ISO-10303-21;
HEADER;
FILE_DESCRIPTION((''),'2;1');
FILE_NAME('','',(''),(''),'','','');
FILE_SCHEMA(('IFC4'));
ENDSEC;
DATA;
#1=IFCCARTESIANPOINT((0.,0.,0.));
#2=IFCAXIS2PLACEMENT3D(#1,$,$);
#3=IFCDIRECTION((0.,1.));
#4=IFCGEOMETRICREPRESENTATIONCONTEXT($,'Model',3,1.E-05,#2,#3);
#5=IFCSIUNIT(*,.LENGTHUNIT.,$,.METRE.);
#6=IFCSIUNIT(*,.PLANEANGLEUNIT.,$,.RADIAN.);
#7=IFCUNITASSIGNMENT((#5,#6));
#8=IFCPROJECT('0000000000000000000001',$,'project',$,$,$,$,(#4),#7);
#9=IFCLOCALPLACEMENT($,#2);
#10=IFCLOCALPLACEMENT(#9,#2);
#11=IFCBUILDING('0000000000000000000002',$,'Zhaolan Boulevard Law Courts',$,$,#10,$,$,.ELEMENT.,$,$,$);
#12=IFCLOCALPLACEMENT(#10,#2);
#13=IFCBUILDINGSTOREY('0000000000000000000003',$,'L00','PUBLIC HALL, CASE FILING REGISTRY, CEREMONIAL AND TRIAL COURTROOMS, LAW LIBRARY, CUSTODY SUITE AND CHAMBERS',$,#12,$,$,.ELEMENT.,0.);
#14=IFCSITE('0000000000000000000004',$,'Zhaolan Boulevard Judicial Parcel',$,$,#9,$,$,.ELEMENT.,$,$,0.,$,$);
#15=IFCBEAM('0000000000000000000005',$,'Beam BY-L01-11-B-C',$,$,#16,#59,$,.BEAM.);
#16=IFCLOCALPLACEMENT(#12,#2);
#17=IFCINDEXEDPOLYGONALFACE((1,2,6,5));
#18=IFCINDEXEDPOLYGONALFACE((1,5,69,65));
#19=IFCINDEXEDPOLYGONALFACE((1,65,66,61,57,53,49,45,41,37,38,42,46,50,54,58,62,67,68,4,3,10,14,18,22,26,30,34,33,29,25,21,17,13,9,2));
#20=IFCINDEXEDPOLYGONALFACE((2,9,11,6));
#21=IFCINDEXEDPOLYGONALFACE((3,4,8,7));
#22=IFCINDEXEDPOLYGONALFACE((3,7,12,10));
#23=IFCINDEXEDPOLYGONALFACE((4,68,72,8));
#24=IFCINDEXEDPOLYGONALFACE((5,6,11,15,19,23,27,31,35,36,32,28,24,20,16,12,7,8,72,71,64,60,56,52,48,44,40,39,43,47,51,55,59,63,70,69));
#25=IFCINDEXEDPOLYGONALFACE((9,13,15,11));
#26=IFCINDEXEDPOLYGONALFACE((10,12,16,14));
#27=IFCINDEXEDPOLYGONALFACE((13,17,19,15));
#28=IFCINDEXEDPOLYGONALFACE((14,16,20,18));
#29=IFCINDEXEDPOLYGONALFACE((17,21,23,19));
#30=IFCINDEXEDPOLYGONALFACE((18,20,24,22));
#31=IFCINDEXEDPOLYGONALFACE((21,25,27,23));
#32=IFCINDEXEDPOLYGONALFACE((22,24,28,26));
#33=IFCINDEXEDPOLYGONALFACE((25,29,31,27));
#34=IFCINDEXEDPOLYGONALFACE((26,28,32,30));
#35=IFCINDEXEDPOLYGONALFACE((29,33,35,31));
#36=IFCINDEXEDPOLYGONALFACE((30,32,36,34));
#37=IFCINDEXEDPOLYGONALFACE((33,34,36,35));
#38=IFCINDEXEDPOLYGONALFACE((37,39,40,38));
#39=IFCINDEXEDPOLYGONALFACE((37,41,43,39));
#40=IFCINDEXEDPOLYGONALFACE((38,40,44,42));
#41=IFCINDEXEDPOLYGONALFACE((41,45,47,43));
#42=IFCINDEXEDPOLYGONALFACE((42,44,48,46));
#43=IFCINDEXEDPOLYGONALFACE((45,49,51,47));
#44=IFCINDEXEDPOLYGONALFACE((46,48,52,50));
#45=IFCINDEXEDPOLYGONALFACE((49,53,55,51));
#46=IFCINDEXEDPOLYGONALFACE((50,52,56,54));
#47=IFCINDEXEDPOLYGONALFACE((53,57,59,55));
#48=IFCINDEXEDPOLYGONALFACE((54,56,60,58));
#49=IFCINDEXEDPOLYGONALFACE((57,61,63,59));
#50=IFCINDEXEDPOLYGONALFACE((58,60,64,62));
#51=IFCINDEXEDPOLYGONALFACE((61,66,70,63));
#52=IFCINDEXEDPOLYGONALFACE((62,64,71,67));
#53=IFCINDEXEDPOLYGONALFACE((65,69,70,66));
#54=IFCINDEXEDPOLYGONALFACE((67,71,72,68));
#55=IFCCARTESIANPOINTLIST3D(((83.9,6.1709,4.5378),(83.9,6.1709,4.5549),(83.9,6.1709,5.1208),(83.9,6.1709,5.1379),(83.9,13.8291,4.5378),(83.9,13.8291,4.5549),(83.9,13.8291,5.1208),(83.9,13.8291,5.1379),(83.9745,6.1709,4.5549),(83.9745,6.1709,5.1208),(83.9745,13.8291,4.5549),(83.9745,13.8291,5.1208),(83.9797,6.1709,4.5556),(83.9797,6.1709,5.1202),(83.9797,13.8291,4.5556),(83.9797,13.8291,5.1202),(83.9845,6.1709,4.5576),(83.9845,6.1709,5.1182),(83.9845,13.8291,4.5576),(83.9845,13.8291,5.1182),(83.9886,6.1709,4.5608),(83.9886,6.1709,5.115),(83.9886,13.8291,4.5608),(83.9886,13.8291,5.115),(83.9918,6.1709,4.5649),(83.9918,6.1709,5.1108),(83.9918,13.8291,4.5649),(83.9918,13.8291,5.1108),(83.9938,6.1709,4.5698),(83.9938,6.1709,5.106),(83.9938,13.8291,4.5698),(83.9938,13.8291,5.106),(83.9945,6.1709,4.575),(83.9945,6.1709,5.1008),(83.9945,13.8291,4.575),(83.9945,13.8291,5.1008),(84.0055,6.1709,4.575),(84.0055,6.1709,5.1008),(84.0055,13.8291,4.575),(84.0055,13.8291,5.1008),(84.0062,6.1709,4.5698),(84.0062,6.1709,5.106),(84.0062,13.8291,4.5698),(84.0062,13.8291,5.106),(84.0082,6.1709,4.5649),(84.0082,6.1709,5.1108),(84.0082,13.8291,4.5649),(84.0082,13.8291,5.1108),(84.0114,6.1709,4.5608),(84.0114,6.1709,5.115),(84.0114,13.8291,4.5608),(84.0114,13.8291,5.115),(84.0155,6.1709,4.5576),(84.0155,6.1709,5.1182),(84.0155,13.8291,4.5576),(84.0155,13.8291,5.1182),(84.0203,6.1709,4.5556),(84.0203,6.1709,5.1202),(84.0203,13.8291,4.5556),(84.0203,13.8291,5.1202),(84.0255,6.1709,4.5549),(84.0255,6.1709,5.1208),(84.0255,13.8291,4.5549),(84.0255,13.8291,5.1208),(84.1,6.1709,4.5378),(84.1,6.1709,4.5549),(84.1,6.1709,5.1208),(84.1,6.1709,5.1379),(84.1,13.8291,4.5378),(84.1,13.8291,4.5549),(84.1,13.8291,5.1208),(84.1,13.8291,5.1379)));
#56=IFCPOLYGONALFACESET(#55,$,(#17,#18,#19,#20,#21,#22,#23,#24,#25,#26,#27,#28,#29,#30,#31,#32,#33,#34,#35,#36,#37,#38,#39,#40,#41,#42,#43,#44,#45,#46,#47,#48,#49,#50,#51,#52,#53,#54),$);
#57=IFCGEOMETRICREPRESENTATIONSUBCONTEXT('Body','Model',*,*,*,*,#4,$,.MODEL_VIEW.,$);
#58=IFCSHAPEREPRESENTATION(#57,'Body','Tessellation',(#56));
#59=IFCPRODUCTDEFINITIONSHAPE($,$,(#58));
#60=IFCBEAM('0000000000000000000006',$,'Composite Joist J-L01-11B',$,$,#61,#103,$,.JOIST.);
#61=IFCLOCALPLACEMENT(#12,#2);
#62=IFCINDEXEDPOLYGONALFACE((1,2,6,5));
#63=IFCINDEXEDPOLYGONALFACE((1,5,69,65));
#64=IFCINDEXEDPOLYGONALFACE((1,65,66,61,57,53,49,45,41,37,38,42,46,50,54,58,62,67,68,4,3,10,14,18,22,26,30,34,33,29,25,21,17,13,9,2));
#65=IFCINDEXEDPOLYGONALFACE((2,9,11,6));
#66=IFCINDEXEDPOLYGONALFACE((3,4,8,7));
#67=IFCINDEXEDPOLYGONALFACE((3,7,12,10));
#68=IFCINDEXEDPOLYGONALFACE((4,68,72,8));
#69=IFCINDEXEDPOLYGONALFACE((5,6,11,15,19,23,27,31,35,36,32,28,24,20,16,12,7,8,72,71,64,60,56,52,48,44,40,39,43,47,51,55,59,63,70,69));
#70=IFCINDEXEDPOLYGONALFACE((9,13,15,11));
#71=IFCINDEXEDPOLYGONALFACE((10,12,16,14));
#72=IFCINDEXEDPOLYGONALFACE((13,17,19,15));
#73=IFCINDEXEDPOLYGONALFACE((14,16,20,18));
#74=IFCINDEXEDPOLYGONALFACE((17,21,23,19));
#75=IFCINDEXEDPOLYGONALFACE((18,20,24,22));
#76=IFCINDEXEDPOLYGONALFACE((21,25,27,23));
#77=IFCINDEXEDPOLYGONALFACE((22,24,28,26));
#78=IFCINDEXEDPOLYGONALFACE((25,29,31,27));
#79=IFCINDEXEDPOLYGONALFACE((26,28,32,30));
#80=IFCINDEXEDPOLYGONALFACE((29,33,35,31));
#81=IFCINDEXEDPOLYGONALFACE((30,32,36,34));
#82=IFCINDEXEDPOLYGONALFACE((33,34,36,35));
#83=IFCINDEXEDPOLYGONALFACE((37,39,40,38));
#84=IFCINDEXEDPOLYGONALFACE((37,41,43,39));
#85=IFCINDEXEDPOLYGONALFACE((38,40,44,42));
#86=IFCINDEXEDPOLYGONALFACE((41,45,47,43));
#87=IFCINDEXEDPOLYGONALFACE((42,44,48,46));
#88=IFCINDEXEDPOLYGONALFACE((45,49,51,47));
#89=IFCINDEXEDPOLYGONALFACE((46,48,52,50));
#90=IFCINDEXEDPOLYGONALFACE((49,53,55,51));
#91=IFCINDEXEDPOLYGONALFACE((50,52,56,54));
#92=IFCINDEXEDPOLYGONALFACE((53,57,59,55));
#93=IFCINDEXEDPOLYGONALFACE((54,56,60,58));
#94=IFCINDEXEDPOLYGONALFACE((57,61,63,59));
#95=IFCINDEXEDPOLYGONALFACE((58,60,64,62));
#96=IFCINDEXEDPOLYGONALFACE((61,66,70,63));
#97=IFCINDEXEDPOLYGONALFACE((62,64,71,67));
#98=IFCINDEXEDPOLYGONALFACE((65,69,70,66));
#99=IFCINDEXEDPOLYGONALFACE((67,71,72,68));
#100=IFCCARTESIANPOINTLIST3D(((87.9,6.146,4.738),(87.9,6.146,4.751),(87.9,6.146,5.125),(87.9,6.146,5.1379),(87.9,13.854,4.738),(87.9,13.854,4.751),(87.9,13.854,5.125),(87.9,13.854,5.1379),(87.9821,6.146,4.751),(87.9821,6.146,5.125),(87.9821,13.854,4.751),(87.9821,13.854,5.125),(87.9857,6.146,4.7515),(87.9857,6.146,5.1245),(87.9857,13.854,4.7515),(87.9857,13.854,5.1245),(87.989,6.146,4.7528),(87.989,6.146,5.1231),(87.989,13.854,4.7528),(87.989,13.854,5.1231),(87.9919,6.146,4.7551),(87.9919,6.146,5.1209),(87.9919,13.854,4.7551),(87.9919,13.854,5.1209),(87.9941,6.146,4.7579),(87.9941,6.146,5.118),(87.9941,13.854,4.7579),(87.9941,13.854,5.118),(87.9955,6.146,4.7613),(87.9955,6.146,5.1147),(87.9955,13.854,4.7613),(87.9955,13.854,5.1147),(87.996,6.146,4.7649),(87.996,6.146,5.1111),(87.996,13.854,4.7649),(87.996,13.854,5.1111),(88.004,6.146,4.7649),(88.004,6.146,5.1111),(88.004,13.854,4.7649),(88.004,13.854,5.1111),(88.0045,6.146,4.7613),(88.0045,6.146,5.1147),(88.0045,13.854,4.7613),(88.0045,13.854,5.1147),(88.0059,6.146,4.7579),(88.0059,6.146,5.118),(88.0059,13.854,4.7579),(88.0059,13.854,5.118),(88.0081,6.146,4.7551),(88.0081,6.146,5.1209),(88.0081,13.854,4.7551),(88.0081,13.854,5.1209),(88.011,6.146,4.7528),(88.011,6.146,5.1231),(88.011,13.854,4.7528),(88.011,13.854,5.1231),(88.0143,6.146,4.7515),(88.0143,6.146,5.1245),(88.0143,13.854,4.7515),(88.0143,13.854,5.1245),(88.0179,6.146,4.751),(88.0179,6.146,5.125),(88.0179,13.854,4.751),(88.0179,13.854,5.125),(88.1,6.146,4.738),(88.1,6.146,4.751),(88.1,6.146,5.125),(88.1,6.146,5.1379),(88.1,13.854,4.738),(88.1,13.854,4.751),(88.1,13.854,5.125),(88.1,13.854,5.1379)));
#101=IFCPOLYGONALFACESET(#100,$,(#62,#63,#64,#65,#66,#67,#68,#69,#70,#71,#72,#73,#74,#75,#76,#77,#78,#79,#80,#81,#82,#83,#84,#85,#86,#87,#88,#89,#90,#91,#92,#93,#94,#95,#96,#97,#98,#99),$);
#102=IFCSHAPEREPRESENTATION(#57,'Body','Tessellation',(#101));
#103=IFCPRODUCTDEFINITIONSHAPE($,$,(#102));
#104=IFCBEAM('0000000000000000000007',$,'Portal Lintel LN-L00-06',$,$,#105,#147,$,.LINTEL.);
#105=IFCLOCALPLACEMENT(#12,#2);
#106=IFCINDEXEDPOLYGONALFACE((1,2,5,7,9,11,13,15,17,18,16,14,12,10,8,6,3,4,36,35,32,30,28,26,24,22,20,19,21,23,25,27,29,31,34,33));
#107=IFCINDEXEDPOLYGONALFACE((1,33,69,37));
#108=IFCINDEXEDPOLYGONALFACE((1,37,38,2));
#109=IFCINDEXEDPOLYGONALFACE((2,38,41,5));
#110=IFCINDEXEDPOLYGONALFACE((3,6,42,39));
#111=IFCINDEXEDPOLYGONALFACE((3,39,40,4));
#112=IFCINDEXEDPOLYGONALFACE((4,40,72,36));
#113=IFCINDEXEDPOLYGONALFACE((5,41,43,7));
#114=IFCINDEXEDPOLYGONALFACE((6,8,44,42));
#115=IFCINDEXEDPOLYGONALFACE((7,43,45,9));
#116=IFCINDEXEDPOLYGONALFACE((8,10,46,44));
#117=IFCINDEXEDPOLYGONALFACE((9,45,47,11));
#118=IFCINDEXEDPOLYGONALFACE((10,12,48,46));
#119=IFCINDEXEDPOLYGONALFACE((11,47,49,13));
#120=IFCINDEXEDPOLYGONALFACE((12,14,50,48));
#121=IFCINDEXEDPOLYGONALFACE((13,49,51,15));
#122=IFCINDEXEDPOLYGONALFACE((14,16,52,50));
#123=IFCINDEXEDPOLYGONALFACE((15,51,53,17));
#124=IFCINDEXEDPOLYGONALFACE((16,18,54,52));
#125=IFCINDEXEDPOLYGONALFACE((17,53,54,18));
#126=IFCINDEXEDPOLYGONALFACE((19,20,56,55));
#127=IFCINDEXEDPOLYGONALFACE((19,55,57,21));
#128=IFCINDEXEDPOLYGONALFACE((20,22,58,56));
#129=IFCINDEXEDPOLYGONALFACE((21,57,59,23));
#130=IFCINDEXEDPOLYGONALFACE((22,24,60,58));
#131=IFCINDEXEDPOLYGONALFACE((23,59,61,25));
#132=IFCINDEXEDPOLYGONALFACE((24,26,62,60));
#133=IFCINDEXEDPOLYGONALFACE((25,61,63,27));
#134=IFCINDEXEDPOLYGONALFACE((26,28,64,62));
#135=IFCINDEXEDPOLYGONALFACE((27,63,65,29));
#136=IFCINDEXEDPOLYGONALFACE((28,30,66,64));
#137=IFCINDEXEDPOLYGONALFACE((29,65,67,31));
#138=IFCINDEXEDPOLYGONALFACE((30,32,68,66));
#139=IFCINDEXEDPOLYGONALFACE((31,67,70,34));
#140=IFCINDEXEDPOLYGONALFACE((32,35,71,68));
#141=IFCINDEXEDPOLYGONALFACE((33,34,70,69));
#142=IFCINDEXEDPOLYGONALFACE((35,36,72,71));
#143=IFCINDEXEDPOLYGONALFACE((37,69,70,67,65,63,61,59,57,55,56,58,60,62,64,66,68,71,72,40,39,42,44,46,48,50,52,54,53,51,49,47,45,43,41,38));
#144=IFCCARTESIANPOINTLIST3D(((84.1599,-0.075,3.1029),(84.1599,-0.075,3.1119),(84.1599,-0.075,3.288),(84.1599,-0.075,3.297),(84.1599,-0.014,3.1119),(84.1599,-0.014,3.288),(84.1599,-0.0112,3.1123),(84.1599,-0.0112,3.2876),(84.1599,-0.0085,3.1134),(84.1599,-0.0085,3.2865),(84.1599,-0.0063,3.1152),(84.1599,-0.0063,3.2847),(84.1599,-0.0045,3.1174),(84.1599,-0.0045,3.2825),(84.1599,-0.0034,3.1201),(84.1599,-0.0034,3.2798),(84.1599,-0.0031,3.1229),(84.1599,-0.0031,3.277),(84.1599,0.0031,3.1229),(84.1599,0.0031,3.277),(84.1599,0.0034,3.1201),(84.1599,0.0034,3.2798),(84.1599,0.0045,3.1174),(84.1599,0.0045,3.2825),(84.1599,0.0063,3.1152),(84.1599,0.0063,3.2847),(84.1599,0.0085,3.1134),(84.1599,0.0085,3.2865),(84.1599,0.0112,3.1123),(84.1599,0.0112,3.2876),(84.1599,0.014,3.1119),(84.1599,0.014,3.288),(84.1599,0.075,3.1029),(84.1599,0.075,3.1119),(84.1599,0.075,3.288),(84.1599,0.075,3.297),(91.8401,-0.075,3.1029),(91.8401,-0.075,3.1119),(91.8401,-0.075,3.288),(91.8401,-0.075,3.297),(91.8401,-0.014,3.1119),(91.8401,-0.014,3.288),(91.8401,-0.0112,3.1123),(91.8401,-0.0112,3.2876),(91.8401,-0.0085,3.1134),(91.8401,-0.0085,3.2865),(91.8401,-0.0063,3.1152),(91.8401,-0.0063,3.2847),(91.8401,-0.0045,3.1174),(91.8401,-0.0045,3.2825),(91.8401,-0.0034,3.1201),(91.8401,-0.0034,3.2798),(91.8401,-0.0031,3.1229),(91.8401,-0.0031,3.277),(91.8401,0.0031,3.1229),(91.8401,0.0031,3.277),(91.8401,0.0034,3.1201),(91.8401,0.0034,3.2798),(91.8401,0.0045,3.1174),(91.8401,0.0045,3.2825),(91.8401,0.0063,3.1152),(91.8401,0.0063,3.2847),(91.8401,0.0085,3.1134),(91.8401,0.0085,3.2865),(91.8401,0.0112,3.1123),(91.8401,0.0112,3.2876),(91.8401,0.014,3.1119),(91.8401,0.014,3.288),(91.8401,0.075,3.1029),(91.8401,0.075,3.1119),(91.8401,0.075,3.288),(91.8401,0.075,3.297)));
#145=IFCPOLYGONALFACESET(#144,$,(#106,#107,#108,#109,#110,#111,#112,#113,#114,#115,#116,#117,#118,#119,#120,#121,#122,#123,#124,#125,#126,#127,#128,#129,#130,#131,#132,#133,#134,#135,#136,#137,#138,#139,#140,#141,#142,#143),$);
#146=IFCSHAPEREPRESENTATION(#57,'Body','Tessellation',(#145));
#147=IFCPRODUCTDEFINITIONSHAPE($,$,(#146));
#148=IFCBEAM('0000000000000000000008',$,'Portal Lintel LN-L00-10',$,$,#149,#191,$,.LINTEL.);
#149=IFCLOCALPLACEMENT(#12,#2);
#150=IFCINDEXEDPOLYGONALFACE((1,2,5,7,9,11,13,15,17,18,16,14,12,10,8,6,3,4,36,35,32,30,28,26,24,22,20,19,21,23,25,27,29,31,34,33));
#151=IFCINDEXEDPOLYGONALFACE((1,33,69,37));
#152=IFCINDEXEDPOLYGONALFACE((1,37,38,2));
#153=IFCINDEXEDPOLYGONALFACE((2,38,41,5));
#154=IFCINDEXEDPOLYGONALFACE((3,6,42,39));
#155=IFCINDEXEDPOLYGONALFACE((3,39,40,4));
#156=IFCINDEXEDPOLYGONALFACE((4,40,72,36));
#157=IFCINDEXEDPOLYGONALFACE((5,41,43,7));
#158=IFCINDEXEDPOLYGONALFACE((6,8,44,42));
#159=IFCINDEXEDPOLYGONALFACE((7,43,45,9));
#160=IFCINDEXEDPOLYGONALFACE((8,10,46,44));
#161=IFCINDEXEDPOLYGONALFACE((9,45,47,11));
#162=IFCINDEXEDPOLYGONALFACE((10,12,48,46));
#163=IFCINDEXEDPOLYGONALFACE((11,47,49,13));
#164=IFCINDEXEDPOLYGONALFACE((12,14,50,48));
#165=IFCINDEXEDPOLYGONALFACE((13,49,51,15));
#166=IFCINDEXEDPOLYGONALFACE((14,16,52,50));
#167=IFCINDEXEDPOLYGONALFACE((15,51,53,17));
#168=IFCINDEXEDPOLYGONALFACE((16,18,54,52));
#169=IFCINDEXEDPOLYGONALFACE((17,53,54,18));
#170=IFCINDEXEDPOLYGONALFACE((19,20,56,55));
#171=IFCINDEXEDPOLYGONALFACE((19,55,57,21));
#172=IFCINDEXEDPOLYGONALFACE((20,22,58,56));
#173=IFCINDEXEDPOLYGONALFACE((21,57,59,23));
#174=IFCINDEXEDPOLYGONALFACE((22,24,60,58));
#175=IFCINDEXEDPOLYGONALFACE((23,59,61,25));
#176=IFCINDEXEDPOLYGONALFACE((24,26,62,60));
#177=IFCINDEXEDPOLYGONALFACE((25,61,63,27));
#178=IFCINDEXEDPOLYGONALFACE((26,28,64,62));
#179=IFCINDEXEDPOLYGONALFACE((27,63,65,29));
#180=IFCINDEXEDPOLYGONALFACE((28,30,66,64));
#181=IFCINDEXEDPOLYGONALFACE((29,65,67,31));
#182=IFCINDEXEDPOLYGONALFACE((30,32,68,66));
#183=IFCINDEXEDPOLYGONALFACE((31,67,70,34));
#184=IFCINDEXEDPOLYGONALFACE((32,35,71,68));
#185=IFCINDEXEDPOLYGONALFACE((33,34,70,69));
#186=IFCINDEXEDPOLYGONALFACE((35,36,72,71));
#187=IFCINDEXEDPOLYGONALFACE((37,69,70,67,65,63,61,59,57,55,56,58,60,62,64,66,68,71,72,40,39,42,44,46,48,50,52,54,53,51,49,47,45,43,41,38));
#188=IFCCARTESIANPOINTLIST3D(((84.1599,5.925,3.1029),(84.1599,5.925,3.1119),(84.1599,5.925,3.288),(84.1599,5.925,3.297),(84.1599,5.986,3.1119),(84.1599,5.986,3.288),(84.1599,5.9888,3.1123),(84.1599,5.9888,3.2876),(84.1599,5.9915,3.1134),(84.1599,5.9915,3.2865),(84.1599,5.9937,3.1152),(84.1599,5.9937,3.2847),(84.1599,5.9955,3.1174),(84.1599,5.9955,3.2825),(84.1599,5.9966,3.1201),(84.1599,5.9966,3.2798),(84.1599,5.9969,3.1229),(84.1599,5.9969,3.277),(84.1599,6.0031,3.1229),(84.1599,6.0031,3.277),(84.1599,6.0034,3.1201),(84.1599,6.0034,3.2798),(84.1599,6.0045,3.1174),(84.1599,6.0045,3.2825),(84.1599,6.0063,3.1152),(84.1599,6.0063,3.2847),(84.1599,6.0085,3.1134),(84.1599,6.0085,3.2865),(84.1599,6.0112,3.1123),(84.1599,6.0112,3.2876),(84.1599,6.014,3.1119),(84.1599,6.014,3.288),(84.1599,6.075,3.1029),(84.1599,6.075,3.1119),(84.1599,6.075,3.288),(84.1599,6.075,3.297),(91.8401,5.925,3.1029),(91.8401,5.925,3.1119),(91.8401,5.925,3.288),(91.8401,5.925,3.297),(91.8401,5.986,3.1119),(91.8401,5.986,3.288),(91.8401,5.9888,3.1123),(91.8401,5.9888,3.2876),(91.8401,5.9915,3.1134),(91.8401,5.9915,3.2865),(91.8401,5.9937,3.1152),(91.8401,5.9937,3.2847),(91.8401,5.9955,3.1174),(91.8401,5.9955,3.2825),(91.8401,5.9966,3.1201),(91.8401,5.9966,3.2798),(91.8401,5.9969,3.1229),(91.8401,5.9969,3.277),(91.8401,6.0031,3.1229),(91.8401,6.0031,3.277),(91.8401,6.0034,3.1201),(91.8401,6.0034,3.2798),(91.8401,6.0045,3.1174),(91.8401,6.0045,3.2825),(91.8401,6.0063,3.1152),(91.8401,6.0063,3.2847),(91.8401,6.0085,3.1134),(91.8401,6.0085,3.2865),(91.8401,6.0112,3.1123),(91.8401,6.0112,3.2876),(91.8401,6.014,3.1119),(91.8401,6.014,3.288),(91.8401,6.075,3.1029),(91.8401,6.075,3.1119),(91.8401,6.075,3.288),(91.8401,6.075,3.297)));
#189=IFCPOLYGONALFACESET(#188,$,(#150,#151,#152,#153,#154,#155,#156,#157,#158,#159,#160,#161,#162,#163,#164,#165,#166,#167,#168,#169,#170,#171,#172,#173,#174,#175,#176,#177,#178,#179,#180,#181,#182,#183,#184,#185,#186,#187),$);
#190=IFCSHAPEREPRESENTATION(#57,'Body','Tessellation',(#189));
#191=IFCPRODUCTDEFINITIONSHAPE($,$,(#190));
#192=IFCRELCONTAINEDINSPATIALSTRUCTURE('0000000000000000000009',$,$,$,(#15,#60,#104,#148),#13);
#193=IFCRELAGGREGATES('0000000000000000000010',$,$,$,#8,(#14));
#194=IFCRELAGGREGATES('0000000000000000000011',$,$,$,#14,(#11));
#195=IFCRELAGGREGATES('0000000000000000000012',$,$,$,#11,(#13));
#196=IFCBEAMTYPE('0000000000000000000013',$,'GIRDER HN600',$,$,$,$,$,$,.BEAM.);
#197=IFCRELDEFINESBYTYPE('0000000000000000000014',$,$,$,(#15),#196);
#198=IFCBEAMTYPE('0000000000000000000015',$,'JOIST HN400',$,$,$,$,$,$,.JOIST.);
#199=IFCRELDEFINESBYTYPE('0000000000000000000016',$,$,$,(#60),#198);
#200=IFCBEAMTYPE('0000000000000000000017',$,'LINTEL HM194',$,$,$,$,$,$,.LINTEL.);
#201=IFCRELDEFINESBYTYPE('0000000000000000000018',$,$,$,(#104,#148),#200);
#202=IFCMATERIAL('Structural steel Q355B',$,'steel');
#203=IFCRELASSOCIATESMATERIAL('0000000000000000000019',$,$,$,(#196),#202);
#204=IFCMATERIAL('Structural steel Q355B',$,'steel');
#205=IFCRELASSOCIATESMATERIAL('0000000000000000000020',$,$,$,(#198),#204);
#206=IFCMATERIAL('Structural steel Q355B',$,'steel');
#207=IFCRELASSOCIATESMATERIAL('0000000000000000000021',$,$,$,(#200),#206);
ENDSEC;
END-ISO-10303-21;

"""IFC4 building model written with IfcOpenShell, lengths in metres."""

from ifc_helpers import new_model, si_unit, direction, frame, origin, origin_2d, place, context, subcontext, project, spatial, i_section, extrude, material, material_profile, profile_set, type_object, element, save


model = new_model("IFC4")

# Units and contexts
model_context = context("Model", 3, precision=1e-05, world=origin(), true_north=direction((0.0, 1.0)))
body_context = subcontext(model_context, "Body", "Model", "MODEL_VIEW")
ifc_project = project(units=[si_unit("LENGTHUNIT", "METRE"), si_unit("PLANEANGLEUNIT", "RADIAN")], contexts=[model_context])

# Site, building, storey
site_placement = place(None, origin())
site = spatial("IfcSite", under=ifc_project, at=site_placement, Name="Zhaolan Boulevard Judicial Parcel", CompositionType="ELEMENT", RefElevation=0.0)
building_placement = place(site_placement, origin())
building = spatial("IfcBuilding", under=site, at=building_placement, Name="Zhaolan Boulevard Law Courts", CompositionType="ELEMENT")
storey_placement = place(building_placement, origin())
storey = spatial("IfcBuildingStorey", under=building, at=storey_placement, Name="L00", Description="PUBLIC HALL, CASE FILING REGISTRY, CEREMONIAL AND TRIAL COURTROOMS, LAW LIBRARY, CUSTODY SUITE AND CHAMBERS", CompositionType="ELEMENT", Elevation=0.0)

# Beams
ifc_material_1 = material(Name="Structural steel Q355B", Category="steel")
ifc_material_profile_1 = material_profile(ifc_material_1, i_section(OverallWidth=0.2, OverallDepth=0.6001, WebThickness=0.011, FlangeThickness=0.0171, FilletRadius=0.02, at=origin_2d()), Name="HN600x200")
ifc_profile_set_1 = profile_set([ifc_material_profile_1], Name="Structural steel Q355B")
beam_type_1 = type_object("IfcBeamType", Name="GIRDER HN600", PredefinedType="BEAM", material=ifc_profile_set_1)
beam_1_placement = place(storey_placement, frame((84.0, 6.1709, 4.8379), z_axis=(0.0, 1.0, 0.0), x_axis=(-1.0, 0.0, 0.0)))
element("IfcBeam", 1, at=beam_1_placement, inside=storey, type_object=beam_type_1, Name="Beam BY-L01-11-B-C", PredefinedType="BEAM", context=body_context, shape_type="SweptSolid", body=[
    extrude(i_section(OverallWidth=0.2, OverallDepth=0.6001, WebThickness=0.011, FlangeThickness=0.0171, FilletRadius=0.02, at=origin_2d()), origin(), (0.0, 0.0, 1.0), 7.6582),
])
ifc_material_2 = material(Name="Structural steel Q355B", Category="steel")
ifc_material_profile_2 = material_profile(ifc_material_2, i_section(OverallWidth=0.2, OverallDepth=0.3999, WebThickness=0.0081, FlangeThickness=0.0129, FilletRadius=0.0139, at=origin_2d()), Name="HN400x200")
ifc_profile_set_2 = profile_set([ifc_material_profile_2], Name="Structural steel Q355B")
beam_type_2 = type_object("IfcBeamType", Name="JOIST HN400", PredefinedType="JOIST", material=ifc_profile_set_2)
beam_2_placement = place(storey_placement, frame((88.0, 6.146, 4.938), z_axis=(0.0, 1.0, 0.0), x_axis=(-1.0, 0.0, 0.0)))
element("IfcBeam", 2, at=beam_2_placement, inside=storey, type_object=beam_type_2, Name="Composite Joist J-L01-11B", PredefinedType="JOIST", context=body_context, shape_type="SweptSolid", body=[
    extrude(i_section(OverallWidth=0.2, OverallDepth=0.3999, WebThickness=0.0081, FlangeThickness=0.0129, FilletRadius=0.0139, at=origin_2d()), origin(), (0.0, 0.0, 1.0), 7.708),
])
ifc_material_3 = material(Name="Structural steel Q355B", Category="steel")
ifc_material_profile_3 = material_profile(ifc_material_3, i_section(OverallWidth=0.1499, OverallDepth=0.1941, WebThickness=0.0061, FlangeThickness=0.009, FilletRadius=0.011, at=origin_2d()), Name="HM194x150")
ifc_profile_set_3 = profile_set([ifc_material_profile_3], Name="Structural steel Q355B")
beam_type_3 = type_object("IfcBeamType", Name="LINTEL HM194", PredefinedType="LINTEL", material=ifc_profile_set_3)
for number, where, z_axis, x_axis, name in (
    (3, (84.1599, 0.0, 3.2), (1.0, 0.0, 0.0), (0.0, 1.0, 0.0), "Portal Lintel LN-L00-06"),
    (4, (84.1599, 6.0, 3.2), (1.0, 0.0, 0.0), (0.0, 1.0, 0.0), "Portal Lintel LN-L00-10"),
):
    element("IfcBeam", number, at=place(storey_placement, frame(where, z_axis=z_axis, x_axis=x_axis)), inside=storey, type_object=beam_type_3, Name=name, PredefinedType="LINTEL", context=body_context, shape_type="SweptSolid", body=[
        extrude(i_section(OverallWidth=0.1499, OverallDepth=0.1941, WebThickness=0.0061, FlangeThickness=0.009, FilletRadius=0.011, at=origin_2d()), origin(), (0.0, 0.0, 1.0), 7.6802),
    ])

save(model, "model.ifc")
